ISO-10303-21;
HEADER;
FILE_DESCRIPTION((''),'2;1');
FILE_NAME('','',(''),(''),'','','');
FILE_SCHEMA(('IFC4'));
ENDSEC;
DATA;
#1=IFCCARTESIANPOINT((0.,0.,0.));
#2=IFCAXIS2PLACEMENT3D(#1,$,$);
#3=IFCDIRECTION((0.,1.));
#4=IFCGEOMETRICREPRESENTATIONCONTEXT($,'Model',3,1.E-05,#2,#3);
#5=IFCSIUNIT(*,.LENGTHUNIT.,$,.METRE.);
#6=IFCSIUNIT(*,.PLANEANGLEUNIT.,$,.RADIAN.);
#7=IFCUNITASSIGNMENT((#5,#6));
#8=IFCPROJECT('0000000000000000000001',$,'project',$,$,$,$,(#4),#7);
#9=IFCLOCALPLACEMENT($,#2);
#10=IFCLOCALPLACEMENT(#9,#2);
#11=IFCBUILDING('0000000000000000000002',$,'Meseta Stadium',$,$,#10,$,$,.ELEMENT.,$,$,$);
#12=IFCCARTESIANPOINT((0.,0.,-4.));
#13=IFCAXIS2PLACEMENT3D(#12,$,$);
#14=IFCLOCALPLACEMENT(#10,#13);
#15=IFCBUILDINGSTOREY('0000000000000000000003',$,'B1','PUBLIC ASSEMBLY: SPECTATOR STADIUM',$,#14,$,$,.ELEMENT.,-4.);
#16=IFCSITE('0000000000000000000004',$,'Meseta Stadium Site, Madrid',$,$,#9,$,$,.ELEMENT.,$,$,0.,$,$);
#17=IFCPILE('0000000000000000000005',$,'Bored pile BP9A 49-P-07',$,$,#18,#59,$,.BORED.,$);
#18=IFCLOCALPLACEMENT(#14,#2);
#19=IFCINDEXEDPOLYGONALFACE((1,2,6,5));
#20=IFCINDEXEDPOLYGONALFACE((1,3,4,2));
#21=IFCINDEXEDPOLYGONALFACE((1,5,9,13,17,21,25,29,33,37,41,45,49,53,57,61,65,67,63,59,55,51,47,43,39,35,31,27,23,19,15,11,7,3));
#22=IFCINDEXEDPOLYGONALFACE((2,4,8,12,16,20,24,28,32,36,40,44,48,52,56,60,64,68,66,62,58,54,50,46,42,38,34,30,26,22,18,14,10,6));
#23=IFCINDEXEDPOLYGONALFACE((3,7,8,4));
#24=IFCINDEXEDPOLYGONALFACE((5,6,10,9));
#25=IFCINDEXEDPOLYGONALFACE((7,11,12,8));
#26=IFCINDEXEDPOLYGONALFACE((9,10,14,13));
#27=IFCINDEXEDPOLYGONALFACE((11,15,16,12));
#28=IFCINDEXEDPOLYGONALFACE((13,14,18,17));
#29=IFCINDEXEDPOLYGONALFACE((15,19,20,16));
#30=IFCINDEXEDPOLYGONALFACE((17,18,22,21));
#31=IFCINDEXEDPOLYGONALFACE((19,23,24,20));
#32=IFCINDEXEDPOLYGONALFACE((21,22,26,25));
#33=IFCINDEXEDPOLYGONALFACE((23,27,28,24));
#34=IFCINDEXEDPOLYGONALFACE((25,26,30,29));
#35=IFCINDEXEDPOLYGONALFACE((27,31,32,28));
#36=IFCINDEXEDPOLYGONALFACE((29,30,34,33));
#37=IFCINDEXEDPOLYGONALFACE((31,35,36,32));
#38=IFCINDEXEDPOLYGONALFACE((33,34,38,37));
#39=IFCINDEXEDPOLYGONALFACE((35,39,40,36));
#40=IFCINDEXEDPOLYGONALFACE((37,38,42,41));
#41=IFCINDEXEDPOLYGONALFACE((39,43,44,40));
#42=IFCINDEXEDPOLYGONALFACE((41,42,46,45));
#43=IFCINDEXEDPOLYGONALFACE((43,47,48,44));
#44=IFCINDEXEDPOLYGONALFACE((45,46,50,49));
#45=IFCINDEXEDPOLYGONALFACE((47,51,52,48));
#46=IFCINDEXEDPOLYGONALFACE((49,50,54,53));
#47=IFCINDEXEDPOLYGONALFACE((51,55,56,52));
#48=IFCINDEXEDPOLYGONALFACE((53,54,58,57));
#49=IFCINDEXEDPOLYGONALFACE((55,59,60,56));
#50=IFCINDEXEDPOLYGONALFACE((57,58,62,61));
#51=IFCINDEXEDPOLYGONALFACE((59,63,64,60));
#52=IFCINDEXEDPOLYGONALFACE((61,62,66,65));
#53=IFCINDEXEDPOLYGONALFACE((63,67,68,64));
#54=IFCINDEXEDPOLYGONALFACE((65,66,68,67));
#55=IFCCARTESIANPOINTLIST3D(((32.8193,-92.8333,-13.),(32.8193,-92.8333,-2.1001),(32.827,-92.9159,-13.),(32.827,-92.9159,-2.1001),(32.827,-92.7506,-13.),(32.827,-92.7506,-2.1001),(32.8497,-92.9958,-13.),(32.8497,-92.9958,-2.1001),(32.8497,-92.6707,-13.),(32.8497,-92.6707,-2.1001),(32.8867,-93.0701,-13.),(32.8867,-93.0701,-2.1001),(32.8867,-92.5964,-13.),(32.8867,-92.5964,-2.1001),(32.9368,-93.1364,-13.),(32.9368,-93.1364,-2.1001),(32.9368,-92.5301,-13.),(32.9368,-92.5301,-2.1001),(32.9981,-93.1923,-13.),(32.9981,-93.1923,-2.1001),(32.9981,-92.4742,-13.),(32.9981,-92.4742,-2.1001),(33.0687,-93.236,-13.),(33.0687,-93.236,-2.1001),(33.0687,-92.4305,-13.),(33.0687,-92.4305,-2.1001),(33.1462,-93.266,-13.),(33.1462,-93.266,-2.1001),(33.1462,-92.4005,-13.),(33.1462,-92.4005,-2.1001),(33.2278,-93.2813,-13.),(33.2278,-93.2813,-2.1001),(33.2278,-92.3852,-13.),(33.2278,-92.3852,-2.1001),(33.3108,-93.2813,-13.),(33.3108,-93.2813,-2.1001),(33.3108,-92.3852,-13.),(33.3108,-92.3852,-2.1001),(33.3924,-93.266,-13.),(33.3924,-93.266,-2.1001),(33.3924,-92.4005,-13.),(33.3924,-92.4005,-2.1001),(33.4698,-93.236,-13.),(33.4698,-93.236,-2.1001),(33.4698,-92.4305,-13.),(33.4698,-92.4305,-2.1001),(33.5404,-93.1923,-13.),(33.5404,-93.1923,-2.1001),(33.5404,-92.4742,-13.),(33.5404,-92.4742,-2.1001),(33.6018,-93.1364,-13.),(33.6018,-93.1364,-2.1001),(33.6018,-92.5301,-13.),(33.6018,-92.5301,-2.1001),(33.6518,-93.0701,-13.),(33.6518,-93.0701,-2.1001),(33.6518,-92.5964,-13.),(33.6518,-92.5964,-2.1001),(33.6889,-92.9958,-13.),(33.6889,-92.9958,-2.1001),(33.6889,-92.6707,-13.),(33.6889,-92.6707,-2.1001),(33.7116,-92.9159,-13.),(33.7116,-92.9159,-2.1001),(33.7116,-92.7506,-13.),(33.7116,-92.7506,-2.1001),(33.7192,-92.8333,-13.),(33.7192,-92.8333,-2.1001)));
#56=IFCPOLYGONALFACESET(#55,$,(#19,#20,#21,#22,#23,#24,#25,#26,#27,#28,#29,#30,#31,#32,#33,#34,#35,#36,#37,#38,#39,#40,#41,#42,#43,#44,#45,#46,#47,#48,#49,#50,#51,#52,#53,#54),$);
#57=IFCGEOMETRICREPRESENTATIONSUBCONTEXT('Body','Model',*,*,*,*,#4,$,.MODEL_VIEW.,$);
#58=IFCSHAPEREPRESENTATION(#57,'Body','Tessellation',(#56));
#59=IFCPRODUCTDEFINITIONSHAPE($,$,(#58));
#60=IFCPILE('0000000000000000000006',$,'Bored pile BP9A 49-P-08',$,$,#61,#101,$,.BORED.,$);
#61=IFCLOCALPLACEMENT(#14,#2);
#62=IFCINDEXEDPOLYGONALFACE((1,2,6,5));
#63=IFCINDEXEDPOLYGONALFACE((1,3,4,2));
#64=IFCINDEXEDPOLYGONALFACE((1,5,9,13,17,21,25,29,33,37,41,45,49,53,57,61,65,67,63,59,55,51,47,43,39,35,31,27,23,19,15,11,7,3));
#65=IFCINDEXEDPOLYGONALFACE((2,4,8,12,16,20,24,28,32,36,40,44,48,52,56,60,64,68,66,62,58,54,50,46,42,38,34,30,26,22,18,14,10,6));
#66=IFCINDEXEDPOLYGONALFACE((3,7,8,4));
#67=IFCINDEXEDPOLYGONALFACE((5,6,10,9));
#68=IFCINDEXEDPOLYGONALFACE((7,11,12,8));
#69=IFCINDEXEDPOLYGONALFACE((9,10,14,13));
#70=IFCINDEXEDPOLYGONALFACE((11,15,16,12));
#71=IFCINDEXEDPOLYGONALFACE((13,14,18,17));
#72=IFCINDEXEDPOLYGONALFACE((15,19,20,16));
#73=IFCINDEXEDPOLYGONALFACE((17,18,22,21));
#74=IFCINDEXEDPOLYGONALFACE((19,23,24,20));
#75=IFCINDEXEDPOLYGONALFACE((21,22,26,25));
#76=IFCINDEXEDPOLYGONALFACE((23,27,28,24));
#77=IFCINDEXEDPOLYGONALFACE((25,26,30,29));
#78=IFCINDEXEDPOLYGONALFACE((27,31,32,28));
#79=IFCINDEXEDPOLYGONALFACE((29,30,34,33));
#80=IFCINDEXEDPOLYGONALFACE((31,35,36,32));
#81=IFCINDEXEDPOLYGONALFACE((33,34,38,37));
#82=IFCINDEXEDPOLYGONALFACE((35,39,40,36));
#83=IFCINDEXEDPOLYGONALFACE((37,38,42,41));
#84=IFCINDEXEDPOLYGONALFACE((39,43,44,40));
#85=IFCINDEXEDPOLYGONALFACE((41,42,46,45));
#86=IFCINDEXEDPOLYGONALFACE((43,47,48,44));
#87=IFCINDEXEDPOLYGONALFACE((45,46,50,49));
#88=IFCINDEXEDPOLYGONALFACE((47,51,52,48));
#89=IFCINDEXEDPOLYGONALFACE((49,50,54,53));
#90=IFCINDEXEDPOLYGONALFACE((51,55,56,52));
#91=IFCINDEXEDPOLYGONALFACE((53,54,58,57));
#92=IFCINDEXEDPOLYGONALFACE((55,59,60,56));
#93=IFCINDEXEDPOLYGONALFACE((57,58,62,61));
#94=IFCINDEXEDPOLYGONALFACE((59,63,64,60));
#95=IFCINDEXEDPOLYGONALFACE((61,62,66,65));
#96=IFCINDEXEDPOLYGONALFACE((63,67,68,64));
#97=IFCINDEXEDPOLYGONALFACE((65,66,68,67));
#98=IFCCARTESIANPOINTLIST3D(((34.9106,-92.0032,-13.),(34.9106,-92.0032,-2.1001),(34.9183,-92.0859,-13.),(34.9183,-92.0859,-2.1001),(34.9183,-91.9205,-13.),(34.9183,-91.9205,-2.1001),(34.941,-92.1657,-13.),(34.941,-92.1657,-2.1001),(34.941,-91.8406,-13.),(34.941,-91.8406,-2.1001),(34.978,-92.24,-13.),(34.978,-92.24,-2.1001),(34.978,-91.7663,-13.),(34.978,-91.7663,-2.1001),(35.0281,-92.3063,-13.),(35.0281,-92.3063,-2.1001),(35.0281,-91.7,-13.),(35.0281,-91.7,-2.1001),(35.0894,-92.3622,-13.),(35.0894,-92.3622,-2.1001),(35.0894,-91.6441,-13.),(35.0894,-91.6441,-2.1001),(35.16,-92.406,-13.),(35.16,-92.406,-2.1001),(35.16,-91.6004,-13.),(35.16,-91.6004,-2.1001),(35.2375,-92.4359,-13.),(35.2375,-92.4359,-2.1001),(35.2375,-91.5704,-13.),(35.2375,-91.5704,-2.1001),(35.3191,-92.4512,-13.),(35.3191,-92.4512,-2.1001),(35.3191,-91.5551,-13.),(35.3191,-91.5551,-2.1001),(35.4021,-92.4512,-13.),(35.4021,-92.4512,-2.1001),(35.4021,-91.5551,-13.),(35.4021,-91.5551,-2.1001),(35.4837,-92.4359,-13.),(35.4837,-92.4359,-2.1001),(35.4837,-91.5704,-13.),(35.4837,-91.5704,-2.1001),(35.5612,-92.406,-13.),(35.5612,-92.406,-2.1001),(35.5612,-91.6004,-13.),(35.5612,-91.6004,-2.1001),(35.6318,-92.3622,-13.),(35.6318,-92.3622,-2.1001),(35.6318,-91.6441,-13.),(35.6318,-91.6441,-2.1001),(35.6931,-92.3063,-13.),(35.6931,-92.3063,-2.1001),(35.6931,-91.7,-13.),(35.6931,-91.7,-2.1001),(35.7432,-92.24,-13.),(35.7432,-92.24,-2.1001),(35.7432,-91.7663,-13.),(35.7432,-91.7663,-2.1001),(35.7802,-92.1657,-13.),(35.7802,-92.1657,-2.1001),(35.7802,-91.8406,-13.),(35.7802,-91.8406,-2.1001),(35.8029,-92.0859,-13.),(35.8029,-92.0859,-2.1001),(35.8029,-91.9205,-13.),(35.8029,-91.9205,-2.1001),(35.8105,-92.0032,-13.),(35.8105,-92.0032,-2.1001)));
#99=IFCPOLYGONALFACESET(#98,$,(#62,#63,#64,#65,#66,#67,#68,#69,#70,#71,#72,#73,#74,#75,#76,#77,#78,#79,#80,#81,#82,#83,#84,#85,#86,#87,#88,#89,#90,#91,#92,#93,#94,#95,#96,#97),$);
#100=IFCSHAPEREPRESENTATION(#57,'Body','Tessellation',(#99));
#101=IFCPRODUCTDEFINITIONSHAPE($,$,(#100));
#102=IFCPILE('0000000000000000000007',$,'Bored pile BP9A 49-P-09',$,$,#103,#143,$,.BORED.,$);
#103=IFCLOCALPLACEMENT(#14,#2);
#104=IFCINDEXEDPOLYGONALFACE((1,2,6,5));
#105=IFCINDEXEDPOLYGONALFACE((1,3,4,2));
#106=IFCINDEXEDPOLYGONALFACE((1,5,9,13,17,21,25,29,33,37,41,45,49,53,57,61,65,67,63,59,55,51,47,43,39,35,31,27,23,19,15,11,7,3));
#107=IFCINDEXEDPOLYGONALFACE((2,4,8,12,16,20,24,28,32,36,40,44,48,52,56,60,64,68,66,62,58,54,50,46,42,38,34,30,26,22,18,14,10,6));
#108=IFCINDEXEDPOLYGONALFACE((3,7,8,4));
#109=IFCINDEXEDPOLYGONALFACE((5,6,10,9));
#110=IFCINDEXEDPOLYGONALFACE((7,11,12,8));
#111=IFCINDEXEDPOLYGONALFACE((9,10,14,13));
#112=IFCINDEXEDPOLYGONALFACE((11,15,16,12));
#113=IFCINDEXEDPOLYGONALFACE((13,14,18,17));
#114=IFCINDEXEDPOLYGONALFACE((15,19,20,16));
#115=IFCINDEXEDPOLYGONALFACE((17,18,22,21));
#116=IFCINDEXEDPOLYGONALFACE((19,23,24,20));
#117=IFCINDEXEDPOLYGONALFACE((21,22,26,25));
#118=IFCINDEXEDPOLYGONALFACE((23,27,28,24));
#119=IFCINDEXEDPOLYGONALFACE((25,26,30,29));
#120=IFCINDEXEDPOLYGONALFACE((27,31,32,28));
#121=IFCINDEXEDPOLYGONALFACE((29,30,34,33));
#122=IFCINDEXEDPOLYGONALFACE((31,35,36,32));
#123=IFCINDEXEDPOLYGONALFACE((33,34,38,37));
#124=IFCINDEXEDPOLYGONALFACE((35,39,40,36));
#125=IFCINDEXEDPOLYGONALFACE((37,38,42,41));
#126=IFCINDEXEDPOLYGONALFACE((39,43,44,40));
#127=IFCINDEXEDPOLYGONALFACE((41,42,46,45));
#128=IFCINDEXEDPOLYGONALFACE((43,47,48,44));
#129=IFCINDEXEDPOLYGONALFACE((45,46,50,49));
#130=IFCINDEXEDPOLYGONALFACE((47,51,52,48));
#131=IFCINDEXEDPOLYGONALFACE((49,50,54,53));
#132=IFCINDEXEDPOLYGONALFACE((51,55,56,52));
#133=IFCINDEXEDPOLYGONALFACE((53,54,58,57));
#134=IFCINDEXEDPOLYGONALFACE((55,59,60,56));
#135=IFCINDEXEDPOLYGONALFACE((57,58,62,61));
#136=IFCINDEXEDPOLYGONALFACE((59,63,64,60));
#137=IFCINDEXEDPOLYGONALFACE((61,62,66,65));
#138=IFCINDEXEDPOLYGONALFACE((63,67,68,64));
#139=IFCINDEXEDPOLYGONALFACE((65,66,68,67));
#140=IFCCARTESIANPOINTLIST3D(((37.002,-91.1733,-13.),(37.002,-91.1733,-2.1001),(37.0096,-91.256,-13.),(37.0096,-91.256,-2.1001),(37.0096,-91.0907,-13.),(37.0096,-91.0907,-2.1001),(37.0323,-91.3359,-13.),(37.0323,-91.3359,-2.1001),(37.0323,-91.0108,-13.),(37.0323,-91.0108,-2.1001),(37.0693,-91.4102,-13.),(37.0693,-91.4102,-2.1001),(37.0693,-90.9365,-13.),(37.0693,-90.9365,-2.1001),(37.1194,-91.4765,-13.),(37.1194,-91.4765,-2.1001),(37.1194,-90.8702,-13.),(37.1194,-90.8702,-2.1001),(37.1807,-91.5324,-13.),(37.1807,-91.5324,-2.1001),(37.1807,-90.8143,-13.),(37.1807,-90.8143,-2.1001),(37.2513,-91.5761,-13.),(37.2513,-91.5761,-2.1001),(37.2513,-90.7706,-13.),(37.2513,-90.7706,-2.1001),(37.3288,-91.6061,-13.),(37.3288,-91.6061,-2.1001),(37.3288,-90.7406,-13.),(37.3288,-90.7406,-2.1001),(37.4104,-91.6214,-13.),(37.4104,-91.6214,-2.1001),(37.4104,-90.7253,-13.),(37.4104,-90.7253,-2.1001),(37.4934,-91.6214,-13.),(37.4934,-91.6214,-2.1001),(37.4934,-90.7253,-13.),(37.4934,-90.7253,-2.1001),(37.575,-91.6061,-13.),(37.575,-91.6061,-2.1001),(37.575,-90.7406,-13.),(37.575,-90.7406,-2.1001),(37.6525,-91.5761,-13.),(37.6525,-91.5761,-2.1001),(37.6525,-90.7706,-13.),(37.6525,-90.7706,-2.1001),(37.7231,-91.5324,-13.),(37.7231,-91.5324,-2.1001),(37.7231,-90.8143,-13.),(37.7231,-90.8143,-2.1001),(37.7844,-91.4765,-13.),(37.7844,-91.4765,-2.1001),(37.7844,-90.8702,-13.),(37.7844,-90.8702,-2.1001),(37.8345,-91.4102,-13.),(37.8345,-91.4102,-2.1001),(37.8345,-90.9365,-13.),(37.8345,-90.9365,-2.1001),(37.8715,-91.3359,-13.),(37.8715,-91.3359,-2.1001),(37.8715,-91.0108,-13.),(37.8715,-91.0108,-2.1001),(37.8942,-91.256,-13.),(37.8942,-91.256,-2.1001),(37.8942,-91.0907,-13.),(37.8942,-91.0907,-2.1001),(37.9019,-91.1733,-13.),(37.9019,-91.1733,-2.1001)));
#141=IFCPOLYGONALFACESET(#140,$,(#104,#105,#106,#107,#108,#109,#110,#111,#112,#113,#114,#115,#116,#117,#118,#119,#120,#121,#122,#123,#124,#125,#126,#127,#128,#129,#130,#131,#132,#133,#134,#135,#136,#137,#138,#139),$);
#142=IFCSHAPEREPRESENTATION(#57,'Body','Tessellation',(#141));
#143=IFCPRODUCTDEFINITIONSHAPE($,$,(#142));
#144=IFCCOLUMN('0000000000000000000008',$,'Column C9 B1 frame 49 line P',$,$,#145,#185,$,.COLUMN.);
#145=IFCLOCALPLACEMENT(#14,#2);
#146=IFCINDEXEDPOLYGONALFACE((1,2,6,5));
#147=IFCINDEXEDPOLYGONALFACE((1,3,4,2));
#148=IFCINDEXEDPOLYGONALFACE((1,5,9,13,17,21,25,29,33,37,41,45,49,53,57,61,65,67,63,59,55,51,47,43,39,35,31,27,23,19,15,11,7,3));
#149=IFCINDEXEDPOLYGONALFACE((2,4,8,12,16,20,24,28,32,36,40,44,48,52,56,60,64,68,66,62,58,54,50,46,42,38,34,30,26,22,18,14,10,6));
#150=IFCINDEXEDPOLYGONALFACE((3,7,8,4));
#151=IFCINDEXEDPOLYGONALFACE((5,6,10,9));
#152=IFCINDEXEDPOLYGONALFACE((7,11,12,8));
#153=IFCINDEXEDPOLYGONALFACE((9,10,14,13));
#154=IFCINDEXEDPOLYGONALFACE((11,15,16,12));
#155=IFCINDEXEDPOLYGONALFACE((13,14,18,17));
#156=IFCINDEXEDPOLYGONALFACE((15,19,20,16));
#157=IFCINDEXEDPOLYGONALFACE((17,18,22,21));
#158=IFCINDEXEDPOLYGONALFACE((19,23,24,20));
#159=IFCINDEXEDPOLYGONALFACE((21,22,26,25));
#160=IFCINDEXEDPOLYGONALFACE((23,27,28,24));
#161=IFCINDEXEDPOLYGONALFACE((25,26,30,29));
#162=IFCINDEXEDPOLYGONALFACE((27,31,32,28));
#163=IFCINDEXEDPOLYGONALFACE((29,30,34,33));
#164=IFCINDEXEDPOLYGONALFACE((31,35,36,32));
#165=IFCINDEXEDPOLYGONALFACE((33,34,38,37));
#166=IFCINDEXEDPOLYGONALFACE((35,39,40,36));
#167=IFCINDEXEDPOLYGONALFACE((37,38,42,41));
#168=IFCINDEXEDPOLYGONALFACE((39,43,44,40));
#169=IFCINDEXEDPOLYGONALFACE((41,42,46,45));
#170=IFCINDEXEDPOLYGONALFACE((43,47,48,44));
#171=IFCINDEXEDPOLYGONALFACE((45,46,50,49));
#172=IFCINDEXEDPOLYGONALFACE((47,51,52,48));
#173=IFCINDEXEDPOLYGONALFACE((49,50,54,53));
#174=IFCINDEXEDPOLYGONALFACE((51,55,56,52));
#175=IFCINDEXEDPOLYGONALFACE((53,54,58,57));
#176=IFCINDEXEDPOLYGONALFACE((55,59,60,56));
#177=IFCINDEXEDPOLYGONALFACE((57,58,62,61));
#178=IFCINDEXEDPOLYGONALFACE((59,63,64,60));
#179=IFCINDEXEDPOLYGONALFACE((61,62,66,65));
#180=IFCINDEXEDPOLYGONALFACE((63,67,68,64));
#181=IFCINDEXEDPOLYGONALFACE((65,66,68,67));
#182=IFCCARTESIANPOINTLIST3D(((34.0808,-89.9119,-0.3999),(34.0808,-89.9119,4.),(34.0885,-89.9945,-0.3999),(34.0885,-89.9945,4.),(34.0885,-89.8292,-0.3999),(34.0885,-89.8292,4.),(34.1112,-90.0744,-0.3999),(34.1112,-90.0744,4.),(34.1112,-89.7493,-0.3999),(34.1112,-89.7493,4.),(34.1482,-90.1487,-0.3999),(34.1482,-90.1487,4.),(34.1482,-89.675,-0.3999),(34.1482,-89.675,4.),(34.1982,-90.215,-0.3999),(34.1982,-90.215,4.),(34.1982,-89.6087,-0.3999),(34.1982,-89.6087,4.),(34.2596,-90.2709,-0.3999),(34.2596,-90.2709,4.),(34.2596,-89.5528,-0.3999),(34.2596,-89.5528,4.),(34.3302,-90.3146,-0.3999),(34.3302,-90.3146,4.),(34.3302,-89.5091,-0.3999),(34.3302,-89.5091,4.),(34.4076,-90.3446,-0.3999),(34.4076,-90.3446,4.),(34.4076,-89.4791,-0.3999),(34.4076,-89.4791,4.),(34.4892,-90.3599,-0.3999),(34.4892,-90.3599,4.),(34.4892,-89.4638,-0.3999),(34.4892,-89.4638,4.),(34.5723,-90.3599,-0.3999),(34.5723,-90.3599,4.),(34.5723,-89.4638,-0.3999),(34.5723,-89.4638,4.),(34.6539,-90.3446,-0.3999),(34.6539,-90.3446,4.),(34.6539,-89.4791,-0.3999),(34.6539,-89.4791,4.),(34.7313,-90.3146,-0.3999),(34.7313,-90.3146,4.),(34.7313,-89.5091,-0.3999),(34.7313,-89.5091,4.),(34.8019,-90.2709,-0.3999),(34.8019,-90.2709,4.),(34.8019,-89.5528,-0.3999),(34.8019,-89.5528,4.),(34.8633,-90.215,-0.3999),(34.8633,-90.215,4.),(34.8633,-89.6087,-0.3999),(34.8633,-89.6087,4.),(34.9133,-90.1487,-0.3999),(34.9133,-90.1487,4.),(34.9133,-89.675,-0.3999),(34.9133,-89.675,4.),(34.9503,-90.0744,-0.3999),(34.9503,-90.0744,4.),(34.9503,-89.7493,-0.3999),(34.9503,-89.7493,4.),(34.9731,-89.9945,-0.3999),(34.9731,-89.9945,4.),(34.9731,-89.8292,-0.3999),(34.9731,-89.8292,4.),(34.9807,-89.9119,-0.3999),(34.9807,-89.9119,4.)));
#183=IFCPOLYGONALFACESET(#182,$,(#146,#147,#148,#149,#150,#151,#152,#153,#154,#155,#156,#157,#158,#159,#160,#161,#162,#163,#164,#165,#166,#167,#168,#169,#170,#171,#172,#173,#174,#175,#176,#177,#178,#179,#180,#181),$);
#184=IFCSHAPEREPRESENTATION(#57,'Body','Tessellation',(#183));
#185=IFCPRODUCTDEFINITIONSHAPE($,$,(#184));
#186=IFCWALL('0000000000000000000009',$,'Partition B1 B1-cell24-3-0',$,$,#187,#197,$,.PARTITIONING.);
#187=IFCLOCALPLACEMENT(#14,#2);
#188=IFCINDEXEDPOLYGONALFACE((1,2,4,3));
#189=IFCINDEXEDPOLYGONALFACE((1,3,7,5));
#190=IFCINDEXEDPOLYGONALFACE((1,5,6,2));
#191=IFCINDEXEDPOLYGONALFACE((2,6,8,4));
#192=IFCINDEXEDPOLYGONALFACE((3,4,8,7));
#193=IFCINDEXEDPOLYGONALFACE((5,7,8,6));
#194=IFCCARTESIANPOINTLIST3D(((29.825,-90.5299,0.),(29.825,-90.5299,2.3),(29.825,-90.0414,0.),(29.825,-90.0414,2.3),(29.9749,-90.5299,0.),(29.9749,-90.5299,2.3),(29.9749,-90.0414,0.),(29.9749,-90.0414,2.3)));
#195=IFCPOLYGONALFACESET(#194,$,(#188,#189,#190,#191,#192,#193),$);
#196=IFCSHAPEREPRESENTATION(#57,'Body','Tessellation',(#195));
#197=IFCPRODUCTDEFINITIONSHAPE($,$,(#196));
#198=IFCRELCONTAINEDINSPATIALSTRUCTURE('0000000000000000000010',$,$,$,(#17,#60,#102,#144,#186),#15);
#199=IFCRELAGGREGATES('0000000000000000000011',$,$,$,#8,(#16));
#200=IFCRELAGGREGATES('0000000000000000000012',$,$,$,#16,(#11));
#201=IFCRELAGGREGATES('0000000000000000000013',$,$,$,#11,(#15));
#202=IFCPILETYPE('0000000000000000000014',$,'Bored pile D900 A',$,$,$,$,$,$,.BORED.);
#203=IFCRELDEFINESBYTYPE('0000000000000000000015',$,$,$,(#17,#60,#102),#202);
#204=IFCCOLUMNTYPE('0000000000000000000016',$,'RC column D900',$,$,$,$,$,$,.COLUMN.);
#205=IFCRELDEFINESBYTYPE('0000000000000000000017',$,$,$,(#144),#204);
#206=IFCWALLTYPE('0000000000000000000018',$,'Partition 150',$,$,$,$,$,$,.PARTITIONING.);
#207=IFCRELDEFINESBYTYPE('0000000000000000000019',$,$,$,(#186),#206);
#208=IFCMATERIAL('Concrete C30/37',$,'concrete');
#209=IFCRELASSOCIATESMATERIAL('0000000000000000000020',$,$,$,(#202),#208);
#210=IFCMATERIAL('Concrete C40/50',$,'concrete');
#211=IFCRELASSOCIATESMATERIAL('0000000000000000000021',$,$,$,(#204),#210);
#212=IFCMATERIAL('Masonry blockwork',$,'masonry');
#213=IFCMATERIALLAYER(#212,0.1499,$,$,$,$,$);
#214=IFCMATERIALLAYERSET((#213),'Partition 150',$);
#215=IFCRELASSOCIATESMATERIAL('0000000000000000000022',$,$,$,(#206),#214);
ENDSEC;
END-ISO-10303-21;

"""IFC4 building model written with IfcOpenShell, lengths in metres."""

from ifc_helpers import new_model, si_unit, direction, frame, frame_2d, origin, origin_2d, place, context, subcontext, project, spatial, rectangle, circle, extrude, material, layer, layer_set, material_profile, profile_set, type_object, element, save


model = new_model("IFC4")

# Units and contexts
model_context = context("Model", 3, precision=1e-05, world=origin(), true_north=direction((0.0, 1.0)))
body_context = subcontext(model_context, "Body", "Model", "MODEL_VIEW")
ifc_project = project(units=[si_unit("LENGTHUNIT", "METRE"), si_unit("PLANEANGLEUNIT", "RADIAN")], contexts=[model_context])

# Site, building, storey
site_placement = place(None, origin())
site = spatial("IfcSite", under=ifc_project, at=site_placement, Name="Meseta Stadium Site, Madrid", CompositionType="ELEMENT", RefElevation=0.0)
building_placement = place(site_placement, origin())
building = spatial("IfcBuilding", under=site, at=building_placement, Name="Meseta Stadium", CompositionType="ELEMENT")
storey_placement = place(building_placement, frame((0.0, 0.0, -4.0)))
storey = spatial("IfcBuildingStorey", under=building, at=storey_placement, Name="B1", Description="PUBLIC ASSEMBLY: SPECTATOR STADIUM", CompositionType="ELEMENT", Elevation=-4.0)

# Piles
ifc_material_1 = material(Name="Concrete C30/37", Category="concrete")
ifc_material_profile_1 = material_profile(ifc_material_1, circle(Radius=0.45, at=origin_2d()), Name="D900")
ifc_profile_set_1 = profile_set([ifc_material_profile_1], Name="Concrete C30/37")
pile_type = type_object("IfcPileType", Name="Bored pile D900 A", PredefinedType="BORED", material=ifc_profile_set_1)
for number, where, z_axis, x_axis, name in (
    (1, (33.2693, -92.8333, -2.1001), (0.0, 0.0, -1.0), (1.0, 0.0, 0.0), "Bored pile BP9A 49-P-07"),
    (2, (35.3606, -92.0032, -2.1001), (0.0, 0.0, -1.0), (1.0, 0.0, 0.0), "Bored pile BP9A 49-P-08"),
    (3, (37.4519, -91.1733, -2.1001), (0.0, 0.0, -1.0), (1.0, 0.0, 0.0), "Bored pile BP9A 49-P-09"),
):
    element("IfcPile", number, at=place(storey_placement, frame(where, z_axis=z_axis, x_axis=x_axis)), inside=storey, type_object=pile_type, Name=name, PredefinedType="BORED", context=body_context, shape_type="SweptSolid", body=[
        extrude(circle(Radius=0.45, at=origin_2d()), origin(), (0.0, 0.0, 1.0), 10.8999),
    ])

# Column
ifc_material_2 = material(Name="Concrete C40/50", Category="concrete")
ifc_material_profile_2 = material_profile(ifc_material_2, circle(Radius=0.45, at=origin_2d()), Name="RC D900")
ifc_profile_set_2 = profile_set([ifc_material_profile_2], Name="Concrete C40/50")
column_type = type_object("IfcColumnType", Name="RC column D900", PredefinedType="COLUMN", material=ifc_profile_set_2)
column_placement = place(storey_placement, frame((34.5308, -89.9119, -0.3999), z_axis=(0.0, 0.0, 1.0), x_axis=(1.0, 0.0, 0.0)))
element("IfcColumn", 4, at=column_placement, inside=storey, type_object=column_type, Name="Column C9 B1 frame 49 line P", PredefinedType="COLUMN", context=body_context, shape_type="SweptSolid", body=[
    extrude(circle(Radius=0.45, at=origin_2d()), origin(), (0.0, 0.0, 1.0), 4.3999),
])

# Wall
ifc_material_3 = material(Name="Masonry blockwork", Category="masonry")
ifc_layer = layer(ifc_material_3, 0.1499)
ifc_layer_set = layer_set([ifc_layer], Name="Partition 150")
wall_type = type_object("IfcWallType", Name="Partition 150", PredefinedType="PARTITIONING", material=ifc_layer_set)
wall_1_placement = place(storey_placement, frame((29.8999, -90.5298, 0.0), z_axis=(0.0, 0.0, 1.0), x_axis=(0.0, 1.0, 0.0)))
element("IfcWall", 5, at=wall_1_placement, inside=storey, type_object=wall_type, Name="Partition B1 B1-cell24-3-0", PredefinedType="PARTITIONING", context=body_context, shape_type="SweptSolid", body=[
    extrude(rectangle(XDim=0.4885, YDim=0.1499, at=frame_2d((0.2441, 0.0))), origin(), (0.0, 0.0, 1.0), 2.3),
])

save(model, "model.ifc")
